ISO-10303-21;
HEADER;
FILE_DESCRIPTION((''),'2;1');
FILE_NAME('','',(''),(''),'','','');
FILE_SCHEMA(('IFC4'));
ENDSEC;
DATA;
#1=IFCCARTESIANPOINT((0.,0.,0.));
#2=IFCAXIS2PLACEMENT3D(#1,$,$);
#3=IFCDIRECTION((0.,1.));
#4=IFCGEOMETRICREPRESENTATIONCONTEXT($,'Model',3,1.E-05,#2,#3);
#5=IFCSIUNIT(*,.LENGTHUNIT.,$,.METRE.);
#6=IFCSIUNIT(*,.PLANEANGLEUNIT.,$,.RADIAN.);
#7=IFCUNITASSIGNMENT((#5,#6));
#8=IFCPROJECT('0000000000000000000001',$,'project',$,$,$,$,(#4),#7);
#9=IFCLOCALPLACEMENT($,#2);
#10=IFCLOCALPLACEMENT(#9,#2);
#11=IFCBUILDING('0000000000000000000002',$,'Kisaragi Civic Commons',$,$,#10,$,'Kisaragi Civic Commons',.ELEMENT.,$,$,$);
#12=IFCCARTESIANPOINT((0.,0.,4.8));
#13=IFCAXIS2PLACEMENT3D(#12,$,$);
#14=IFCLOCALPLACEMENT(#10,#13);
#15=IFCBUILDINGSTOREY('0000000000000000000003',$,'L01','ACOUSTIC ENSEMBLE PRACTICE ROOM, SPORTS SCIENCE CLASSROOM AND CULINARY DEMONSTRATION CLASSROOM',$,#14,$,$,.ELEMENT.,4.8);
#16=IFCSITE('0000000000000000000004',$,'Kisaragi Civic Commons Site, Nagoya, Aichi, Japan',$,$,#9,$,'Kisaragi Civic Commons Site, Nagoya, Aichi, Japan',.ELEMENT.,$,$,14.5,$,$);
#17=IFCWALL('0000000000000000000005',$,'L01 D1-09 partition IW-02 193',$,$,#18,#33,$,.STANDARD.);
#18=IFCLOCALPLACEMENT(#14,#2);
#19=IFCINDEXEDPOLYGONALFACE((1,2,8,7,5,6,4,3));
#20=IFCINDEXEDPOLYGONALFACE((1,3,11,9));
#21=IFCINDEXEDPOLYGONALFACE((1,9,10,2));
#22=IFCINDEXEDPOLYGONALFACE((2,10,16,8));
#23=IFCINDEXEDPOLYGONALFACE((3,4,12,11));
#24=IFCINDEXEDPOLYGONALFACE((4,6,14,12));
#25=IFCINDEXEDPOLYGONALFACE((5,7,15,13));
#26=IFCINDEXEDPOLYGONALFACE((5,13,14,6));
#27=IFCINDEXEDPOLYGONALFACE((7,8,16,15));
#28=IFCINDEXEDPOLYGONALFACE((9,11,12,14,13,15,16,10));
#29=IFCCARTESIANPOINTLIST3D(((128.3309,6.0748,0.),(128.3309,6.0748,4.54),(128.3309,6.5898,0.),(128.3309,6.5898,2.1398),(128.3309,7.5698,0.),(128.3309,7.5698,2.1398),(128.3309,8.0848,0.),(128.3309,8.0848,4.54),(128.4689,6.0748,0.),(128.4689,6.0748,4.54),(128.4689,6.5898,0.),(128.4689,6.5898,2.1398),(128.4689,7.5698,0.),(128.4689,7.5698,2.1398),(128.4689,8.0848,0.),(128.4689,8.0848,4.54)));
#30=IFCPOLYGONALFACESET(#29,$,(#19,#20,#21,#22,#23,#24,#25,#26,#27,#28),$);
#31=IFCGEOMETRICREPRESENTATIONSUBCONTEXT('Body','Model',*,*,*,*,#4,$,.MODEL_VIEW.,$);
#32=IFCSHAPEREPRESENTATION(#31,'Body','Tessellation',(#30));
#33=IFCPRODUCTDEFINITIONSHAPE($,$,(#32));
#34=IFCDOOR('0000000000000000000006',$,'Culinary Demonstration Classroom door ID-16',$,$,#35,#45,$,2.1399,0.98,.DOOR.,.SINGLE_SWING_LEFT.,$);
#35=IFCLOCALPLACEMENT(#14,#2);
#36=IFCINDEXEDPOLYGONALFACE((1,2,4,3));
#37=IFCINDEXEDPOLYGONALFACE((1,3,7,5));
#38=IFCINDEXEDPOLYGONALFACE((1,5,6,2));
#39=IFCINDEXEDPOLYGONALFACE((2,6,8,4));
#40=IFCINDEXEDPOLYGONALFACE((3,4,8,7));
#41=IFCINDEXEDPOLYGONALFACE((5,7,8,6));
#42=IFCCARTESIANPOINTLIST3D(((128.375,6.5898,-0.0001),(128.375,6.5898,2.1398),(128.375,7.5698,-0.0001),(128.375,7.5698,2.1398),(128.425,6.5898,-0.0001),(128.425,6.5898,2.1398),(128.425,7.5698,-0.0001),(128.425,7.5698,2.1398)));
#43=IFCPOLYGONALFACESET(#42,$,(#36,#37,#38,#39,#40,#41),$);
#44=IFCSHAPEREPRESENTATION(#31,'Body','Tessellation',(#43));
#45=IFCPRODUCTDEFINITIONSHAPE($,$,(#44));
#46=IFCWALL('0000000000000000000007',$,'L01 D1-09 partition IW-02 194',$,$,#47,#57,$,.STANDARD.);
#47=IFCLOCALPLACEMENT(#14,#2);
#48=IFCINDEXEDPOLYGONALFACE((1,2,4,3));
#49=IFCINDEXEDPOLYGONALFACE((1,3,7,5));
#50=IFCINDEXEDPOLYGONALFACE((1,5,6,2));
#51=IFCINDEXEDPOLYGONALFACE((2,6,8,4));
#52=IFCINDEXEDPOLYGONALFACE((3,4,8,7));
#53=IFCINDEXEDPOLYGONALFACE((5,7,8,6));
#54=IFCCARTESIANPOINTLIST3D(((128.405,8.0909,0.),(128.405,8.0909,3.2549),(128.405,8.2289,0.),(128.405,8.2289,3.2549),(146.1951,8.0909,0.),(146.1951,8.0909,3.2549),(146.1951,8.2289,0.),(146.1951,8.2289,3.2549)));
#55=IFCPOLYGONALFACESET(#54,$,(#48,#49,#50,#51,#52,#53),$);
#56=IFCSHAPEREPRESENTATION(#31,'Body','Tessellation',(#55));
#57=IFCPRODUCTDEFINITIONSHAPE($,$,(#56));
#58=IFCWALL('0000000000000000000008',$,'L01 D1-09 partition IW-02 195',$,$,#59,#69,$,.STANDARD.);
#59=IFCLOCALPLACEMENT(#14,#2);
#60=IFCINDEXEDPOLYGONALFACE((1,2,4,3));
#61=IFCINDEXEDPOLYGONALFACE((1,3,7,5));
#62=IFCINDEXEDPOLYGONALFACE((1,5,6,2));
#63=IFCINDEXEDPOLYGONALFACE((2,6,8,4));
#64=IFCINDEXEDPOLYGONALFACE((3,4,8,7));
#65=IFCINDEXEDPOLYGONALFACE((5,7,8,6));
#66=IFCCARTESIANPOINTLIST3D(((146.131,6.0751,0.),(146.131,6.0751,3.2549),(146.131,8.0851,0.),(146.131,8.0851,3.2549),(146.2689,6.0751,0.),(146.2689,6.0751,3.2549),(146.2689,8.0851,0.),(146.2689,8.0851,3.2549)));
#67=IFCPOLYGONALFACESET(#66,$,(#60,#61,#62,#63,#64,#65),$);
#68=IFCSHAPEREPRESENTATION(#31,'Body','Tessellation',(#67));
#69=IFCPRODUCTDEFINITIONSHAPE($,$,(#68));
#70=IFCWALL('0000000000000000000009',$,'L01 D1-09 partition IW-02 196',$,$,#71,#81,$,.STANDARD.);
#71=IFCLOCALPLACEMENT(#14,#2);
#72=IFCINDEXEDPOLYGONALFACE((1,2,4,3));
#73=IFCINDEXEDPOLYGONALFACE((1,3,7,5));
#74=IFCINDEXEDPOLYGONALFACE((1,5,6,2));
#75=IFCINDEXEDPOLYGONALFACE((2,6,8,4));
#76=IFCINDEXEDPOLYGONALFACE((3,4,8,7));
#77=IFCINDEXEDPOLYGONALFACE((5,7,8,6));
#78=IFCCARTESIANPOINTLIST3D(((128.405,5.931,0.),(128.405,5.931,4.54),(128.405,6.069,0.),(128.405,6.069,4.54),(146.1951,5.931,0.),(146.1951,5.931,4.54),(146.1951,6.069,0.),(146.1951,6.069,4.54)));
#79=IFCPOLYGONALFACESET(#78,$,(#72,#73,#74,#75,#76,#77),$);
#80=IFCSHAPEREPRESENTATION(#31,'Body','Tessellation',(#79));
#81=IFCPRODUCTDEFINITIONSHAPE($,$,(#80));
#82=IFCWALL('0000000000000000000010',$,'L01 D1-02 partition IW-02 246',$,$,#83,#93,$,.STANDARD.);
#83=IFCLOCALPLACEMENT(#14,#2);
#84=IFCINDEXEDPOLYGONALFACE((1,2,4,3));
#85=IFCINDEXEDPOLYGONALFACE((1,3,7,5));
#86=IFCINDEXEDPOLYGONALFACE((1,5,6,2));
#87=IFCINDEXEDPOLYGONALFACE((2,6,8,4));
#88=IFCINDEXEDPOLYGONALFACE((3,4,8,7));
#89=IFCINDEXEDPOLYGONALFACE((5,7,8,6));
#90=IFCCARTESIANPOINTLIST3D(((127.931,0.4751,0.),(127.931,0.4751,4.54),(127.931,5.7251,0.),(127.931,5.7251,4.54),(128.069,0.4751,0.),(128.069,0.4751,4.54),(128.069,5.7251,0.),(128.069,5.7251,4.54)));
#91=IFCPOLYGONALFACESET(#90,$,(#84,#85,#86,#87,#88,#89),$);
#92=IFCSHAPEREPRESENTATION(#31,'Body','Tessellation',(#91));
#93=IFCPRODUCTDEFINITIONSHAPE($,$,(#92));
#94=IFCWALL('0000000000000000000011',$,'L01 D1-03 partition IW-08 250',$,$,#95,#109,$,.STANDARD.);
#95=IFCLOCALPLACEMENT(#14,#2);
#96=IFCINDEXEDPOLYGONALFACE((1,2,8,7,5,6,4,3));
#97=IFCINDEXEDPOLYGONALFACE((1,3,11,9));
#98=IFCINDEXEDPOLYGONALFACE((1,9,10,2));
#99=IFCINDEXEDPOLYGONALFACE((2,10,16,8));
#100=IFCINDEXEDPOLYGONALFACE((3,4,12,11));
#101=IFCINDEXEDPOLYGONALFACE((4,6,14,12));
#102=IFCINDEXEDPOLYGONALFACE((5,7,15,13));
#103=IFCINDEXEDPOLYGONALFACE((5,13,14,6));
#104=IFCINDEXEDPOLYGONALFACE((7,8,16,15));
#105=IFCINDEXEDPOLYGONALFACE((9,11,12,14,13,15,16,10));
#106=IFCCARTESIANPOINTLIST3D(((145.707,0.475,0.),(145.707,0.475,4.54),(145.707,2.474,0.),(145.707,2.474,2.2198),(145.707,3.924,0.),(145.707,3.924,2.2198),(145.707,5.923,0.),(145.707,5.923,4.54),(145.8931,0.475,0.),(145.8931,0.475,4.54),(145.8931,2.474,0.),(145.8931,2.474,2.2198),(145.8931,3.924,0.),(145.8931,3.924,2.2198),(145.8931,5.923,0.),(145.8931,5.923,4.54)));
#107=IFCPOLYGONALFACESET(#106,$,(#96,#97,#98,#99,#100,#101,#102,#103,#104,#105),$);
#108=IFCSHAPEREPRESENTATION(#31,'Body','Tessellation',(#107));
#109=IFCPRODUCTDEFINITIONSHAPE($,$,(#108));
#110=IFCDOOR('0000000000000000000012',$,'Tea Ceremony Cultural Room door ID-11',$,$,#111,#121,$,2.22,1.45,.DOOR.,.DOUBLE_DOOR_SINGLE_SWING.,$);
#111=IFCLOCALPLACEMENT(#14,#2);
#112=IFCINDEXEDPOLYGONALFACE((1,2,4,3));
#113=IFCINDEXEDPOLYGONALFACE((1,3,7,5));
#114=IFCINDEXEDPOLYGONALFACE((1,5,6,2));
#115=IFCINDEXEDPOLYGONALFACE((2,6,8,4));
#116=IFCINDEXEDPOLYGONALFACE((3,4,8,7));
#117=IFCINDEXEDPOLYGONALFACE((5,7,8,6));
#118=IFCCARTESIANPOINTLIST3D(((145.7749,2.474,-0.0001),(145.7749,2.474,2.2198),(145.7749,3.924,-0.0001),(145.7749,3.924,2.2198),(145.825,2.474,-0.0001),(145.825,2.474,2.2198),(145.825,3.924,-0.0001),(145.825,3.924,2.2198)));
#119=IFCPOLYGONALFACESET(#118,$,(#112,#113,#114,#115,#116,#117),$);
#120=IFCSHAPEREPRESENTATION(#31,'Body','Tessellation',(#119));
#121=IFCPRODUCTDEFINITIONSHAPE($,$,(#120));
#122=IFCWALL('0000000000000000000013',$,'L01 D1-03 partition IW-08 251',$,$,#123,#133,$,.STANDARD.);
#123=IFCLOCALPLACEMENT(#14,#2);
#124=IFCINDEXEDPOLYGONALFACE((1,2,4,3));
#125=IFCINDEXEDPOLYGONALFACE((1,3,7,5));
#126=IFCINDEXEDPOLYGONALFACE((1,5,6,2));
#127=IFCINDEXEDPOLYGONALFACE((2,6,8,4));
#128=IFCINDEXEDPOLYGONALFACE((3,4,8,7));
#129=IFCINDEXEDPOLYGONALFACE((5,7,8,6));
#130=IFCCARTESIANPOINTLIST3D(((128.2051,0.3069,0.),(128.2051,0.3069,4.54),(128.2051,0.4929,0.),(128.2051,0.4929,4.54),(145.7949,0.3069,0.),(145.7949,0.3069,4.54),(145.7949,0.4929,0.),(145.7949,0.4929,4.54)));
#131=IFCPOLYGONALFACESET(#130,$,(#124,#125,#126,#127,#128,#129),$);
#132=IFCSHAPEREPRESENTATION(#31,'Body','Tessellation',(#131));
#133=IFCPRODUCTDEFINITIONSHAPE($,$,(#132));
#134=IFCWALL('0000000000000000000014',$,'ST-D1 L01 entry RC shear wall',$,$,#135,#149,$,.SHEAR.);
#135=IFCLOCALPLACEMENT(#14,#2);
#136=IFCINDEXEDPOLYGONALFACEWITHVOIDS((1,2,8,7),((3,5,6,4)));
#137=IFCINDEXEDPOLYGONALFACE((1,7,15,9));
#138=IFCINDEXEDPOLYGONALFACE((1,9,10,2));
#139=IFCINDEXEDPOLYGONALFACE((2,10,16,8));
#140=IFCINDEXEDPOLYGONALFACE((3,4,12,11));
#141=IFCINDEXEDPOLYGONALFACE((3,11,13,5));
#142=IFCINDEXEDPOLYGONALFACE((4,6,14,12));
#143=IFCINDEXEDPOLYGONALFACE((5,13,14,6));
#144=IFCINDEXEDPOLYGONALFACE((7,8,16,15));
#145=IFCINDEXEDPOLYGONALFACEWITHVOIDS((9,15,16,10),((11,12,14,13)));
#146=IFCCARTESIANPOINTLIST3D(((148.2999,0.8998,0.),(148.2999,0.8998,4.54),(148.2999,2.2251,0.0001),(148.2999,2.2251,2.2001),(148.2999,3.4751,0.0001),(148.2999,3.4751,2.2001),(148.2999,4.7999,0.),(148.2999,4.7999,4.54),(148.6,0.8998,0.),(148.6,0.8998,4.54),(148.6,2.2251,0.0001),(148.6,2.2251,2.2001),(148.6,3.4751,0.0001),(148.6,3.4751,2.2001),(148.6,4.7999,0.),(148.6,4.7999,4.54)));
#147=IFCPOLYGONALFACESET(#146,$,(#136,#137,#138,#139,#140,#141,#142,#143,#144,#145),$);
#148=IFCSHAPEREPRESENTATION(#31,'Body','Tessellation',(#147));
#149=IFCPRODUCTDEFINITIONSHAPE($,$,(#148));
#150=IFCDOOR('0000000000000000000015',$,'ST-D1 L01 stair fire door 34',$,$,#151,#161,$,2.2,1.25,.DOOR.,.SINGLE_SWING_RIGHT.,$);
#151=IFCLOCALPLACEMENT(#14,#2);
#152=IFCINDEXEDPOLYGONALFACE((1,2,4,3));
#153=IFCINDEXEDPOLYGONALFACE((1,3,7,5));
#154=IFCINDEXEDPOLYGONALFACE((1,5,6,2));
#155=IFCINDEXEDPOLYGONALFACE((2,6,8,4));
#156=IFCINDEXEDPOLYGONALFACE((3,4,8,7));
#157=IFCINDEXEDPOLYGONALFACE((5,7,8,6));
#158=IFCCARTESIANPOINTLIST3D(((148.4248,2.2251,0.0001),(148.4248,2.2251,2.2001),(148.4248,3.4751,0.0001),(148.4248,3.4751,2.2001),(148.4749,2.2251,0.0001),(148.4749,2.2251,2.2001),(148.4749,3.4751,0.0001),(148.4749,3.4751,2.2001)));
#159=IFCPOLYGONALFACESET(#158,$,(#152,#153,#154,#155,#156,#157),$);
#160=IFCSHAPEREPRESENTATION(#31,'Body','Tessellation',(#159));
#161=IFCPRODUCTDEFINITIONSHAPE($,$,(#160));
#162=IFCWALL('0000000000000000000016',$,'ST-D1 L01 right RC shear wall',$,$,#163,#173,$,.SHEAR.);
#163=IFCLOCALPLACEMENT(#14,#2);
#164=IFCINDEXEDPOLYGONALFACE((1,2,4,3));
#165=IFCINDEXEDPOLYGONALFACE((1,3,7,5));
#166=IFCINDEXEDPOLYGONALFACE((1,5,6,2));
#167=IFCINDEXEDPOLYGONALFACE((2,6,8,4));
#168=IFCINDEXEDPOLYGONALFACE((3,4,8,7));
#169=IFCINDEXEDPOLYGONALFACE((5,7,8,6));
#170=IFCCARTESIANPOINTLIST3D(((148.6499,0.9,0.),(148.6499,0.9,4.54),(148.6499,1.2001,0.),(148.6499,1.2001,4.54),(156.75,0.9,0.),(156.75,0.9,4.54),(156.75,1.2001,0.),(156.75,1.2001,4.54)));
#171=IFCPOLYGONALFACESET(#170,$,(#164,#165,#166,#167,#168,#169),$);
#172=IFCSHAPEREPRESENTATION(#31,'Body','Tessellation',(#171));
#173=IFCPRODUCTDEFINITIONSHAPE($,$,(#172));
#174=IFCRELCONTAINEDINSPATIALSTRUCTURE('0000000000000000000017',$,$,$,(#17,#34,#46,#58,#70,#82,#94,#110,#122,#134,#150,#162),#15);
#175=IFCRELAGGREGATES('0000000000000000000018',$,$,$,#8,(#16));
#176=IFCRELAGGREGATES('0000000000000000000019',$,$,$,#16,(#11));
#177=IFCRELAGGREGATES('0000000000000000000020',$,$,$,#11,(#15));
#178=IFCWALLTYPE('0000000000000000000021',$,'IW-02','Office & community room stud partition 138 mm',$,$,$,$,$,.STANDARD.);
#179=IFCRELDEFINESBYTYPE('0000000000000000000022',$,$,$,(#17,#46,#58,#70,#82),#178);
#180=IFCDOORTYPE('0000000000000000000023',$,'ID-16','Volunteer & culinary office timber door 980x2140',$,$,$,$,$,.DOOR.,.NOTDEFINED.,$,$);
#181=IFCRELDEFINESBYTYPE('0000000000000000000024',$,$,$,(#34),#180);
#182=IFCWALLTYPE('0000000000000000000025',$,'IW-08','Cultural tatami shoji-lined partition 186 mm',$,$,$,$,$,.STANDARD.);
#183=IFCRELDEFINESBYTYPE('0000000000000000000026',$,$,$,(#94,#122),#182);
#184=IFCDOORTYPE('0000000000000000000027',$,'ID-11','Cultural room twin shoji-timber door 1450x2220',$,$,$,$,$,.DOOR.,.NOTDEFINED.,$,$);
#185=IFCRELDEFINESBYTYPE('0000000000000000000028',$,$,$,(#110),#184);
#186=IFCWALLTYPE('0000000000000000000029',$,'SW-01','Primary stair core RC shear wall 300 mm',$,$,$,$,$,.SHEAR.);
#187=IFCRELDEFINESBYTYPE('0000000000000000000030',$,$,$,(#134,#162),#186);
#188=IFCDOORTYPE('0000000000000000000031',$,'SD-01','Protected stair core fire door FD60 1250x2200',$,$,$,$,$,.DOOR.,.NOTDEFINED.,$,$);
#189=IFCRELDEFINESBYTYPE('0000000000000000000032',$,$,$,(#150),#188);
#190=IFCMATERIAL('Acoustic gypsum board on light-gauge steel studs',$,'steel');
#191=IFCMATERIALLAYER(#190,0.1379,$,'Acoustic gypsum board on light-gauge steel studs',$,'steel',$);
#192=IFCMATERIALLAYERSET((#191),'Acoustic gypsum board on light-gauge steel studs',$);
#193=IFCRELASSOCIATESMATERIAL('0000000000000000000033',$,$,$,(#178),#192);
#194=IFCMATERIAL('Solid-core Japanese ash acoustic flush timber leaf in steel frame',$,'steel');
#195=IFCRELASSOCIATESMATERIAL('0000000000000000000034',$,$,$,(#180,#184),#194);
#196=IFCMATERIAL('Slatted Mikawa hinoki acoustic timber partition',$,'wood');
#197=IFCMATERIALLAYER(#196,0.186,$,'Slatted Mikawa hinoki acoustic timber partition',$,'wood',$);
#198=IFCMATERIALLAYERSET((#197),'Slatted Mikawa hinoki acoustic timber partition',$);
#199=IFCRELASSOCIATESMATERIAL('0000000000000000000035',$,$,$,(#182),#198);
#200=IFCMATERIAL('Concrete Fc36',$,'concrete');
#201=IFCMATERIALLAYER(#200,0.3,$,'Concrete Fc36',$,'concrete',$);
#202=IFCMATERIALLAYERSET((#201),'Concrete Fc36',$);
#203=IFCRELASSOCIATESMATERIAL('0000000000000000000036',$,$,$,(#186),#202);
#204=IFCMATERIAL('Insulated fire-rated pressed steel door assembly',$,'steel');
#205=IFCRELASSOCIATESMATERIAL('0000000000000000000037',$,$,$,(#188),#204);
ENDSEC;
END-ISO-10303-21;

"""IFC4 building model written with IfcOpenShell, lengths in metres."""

from ifc_helpers import new_model, si_unit, direction, frame, frame_2d, origin, place, context, subcontext, project, spatial, rectangle, extrude, material, layer, layer_set, type_object, element, fill, save


model = new_model("IFC4")

# Units and contexts
model_context = context("Model", 3, precision=1e-05, world=origin(), true_north=direction((0.0, 1.0)))
body_context = subcontext(model_context, "Body", "Model", "MODEL_VIEW")
ifc_project = project(units=[si_unit("LENGTHUNIT", "METRE"), si_unit("PLANEANGLEUNIT", "RADIAN")], contexts=[model_context])

# Site, building, storey
site_placement = place(None, origin())
site = spatial("IfcSite", under=ifc_project, at=site_placement, Name="Kisaragi Civic Commons Site, Nagoya, Aichi, Japan", LongName="Kisaragi Civic Commons Site, Nagoya, Aichi, Japan", CompositionType="ELEMENT", RefElevation=14.5)
building_placement = place(site_placement, origin())
building = spatial("IfcBuilding", under=site, at=building_placement, Name="Kisaragi Civic Commons", LongName="Kisaragi Civic Commons", CompositionType="ELEMENT")
storey_placement = place(building_placement, frame((0.0, 0.0, 4.8)))
storey = spatial("IfcBuildingStorey", under=building, at=storey_placement, Name="L01", Description="ACOUSTIC ENSEMBLE PRACTICE ROOM, SPORTS SCIENCE CLASSROOM AND CULINARY DEMONSTRATION CLASSROOM", CompositionType="ELEMENT", Elevation=4.8)

# Shared definitions
ifc_material_1 = material(Name="Concrete Fc36", Category="concrete")

# Wall, opening, door
ifc_material_2 = material(Name="Acoustic gypsum board on light-gauge steel studs", Category="steel")
ifc_layer_1 = layer(ifc_material_2, 0.1379, Name="Acoustic gypsum board on light-gauge steel studs", Category="steel")
ifc_layer_set_1 = layer_set([ifc_layer_1], Name="Acoustic gypsum board on light-gauge steel studs")
wall_type_1 = type_object("IfcWallType", Name="IW-02", Description="Office & community room stud partition 138 mm", PredefinedType="STANDARD", material=ifc_layer_set_1)
wall_1_placement = place(storey_placement, frame((128.3999, 6.075, 0.0), z_axis=(0.0, 0.0, 1.0), x_axis=(0.0, 1.0, 0.0)))
wall_1 = element("IfcWall", 1, at=wall_1_placement, inside=storey, type_object=wall_type_1, Name="L01 D1-09 partition IW-02 193", PredefinedType="STANDARD", context=body_context, shape_type="SweptSolid", body=[
    extrude(rectangle(XDim=2.01, YDim=0.1379, at=frame_2d((1.0049, 0.0))), origin(), (0.0, 0.0, 1.0), 4.54),
])
opening_1_placement = place(wall_1_placement, frame((0.5149, 0.0, 0.0)))
opening_1 = element("IfcOpeningElement", 2, at=opening_1_placement, cuts=wall_1, PredefinedType="OPENING", context=body_context, shape_type="SweptSolid", body=[
    extrude(rectangle(XDim=0.98, YDim=2.1399, at=frame_2d((0.49, 1.0698))), frame((0.0, 0.0789, 0.0), z_axis=(0.0, -1.0, 0.0), x_axis=(1.0, 0.0, 0.0)), (0.0, 0.0, 1.0), 0.158),
])
ifc_material_3 = material(Name="Solid-core Japanese ash acoustic flush timber leaf in steel frame", Category="steel")
door_type_1 = type_object("IfcDoorType", Name="ID-16", Description="Volunteer & culinary office timber door 980x2140", OperationType="NOTDEFINED", PredefinedType="DOOR", material=ifc_material_3)
door_1_placement = place(opening_1_placement, origin())
door_1 = element("IfcDoor", 3, at=door_1_placement, inside=storey, type_object=door_type_1, Name="Culinary Demonstration Classroom door ID-16", OperationType="SINGLE_SWING_LEFT", OverallHeight=2.1399, OverallWidth=0.98, PredefinedType="DOOR", context=body_context, shape_type="SweptSolid", body=[
    extrude(rectangle(XDim=0.98, YDim=2.1399, at=frame_2d((0.49, 1.0698))), frame((0.0, 0.0249, 0.0), z_axis=(0.0, -1.0, 0.0), x_axis=(1.0, 0.0, 0.0)), (0.0, 0.0, 1.0), 0.05),
])
fill(opening_1, door_1)

# Walls
wall_2_placement = place(storey_placement, frame((128.405, 8.1599, 0.0), z_axis=(0.0, 0.0, 1.0), x_axis=(1.0, 0.0, 0.0)))
element("IfcWall", 4, at=wall_2_placement, inside=storey, type_object=wall_type_1, Name="L01 D1-09 partition IW-02 194", PredefinedType="STANDARD", context=body_context, shape_type="SweptSolid", body=[
    extrude(rectangle(XDim=17.79, YDim=0.1379, at=frame_2d((8.895, 0.0))), origin(), (0.0, 0.0, 1.0), 3.2549),
])
wall_3_placement = place(storey_placement, frame((146.2, 8.085, 0.0), z_axis=(0.0, 0.0, 1.0), x_axis=(0.0, -1.0, 0.0)))
element("IfcWall", 5, at=wall_3_placement, inside=storey, type_object=wall_type_1, Name="L01 D1-09 partition IW-02 195", PredefinedType="STANDARD", context=body_context, shape_type="SweptSolid", body=[
    extrude(rectangle(XDim=2.01, YDim=0.1379, at=frame_2d((1.0049, 0.0))), origin(), (0.0, 0.0, 1.0), 3.2549),
])
wall_4_placement = place(storey_placement, frame((146.1951, 6.0, 0.0), z_axis=(0.0, 0.0, 1.0), x_axis=(-1.0, 0.0, 0.0)))
element("IfcWall", 6, at=wall_4_placement, inside=storey, type_object=wall_type_1, Name="L01 D1-09 partition IW-02 196", PredefinedType="STANDARD", context=body_context, shape_type="SweptSolid", body=[
    extrude(rectangle(XDim=17.79, YDim=0.1379, at=frame_2d((8.895, 0.0))), origin(), (0.0, 0.0, 1.0), 4.54),
])
wall_5_placement = place(storey_placement, frame((128.0, 5.7251, 0.0), z_axis=(0.0, 0.0, 1.0), x_axis=(0.0, -1.0, 0.0)))
element("IfcWall", 7, at=wall_5_placement, inside=storey, type_object=wall_type_1, Name="L01 D1-02 partition IW-02 246", PredefinedType="STANDARD", context=body_context, shape_type="SweptSolid", body=[
    extrude(rectangle(XDim=5.25, YDim=0.1379, at=frame_2d((2.625, 0.0))), origin(), (0.0, 0.0, 1.0), 4.54),
])

# Wall, opening, door
ifc_material_4 = material(Name="Slatted Mikawa hinoki acoustic timber partition", Category="wood")
ifc_layer_2 = layer(ifc_material_4, 0.186, Name="Slatted Mikawa hinoki acoustic timber partition", Category="wood")
ifc_layer_set_2 = layer_set([ifc_layer_2], Name="Slatted Mikawa hinoki acoustic timber partition")
wall_type_2 = type_object("IfcWallType", Name="IW-08", Description="Cultural tatami shoji-lined partition 186 mm", PredefinedType="STANDARD", material=ifc_layer_set_2)
wall_6_placement = place(storey_placement, frame((145.8, 5.9231, 0.0), z_axis=(0.0, 0.0, 1.0), x_axis=(0.0, -1.0, 0.0)))
wall_6 = element("IfcWall", 8, at=wall_6_placement, inside=storey, type_object=wall_type_2, Name="L01 D1-03 partition IW-08 250", PredefinedType="STANDARD", context=body_context, shape_type="SweptSolid", body=[
    extrude(rectangle(XDim=5.448, YDim=0.186, at=frame_2d((2.7241, 0.0))), origin(), (0.0, 0.0, 1.0), 4.54),
])
opening_2_placement = place(wall_6_placement, frame((1.999, 0.0, 0.0)))
opening_2 = element("IfcOpeningElement", 9, at=opening_2_placement, cuts=wall_6, PredefinedType="OPENING", context=body_context, shape_type="SweptSolid", body=[
    extrude(rectangle(XDim=1.45, YDim=2.22, at=frame_2d((0.7251, 1.1099))), frame((0.0, 0.103, 0.0), z_axis=(0.0, -1.0, 0.0), x_axis=(1.0, 0.0, 0.0)), (0.0, 0.0, 1.0), 0.2061),
])
door_type_2 = type_object("IfcDoorType", Name="ID-11", Description="Cultural room twin shoji-timber door 1450x2220", OperationType="NOTDEFINED", PredefinedType="DOOR", material=ifc_material_3)
door_2_placement = place(opening_2_placement, origin())
door_2 = element("IfcDoor", 10, at=door_2_placement, inside=storey, type_object=door_type_2, Name="Tea Ceremony Cultural Room door ID-11", OperationType="DOUBLE_DOOR_SINGLE_SWING", OverallHeight=2.22, OverallWidth=1.45, PredefinedType="DOOR", context=body_context, shape_type="SweptSolid", body=[
    extrude(rectangle(XDim=1.45, YDim=2.22, at=frame_2d((0.7251, 1.1099))), frame((0.0, 0.0249, 0.0), z_axis=(0.0, -1.0, 0.0), x_axis=(1.0, 0.0, 0.0)), (0.0, 0.0, 1.0), 0.05),
])
fill(opening_2, door_2)

# Wall
wall_7_placement = place(storey_placement, frame((145.7949, 0.3999, 0.0), z_axis=(0.0, 0.0, 1.0), x_axis=(-1.0, 0.0, 0.0)))
element("IfcWall", 11, at=wall_7_placement, inside=storey, type_object=wall_type_2, Name="L01 D1-03 partition IW-08 251", PredefinedType="STANDARD", context=body_context, shape_type="SweptSolid", body=[
    extrude(rectangle(XDim=17.5898, YDim=0.186, at=frame_2d((8.7949, 0.0))), origin(), (0.0, 0.0, 1.0), 4.54),
])

# Wall, opening, door
ifc_layer_3 = layer(ifc_material_1, 0.3, Name="Concrete Fc36", Category="concrete")
ifc_layer_set_3 = layer_set([ifc_layer_3], Name="Concrete Fc36")
wall_type_3 = type_object("IfcWallType", Name="SW-01", Description="Primary stair core RC shear wall 300 mm", PredefinedType="SHEAR", material=ifc_layer_set_3)
wall_8_placement = place(storey_placement, frame((148.45, 4.8, 0.0), z_axis=(0.0, 0.0, 1.0), x_axis=(0.0, -1.0, 0.0)))
wall_8 = element("IfcWall", 12, at=wall_8_placement, inside=storey, type_object=wall_type_3, Name="ST-D1 L01 entry RC shear wall", PredefinedType="SHEAR", context=body_context, shape_type="SweptSolid", body=[
    extrude(rectangle(XDim=3.9001, YDim=0.3, at=frame_2d((1.9502, 0.0))), origin(), (0.0, 0.0, 1.0), 4.54),
])
opening_3_placement = place(wall_8_placement, frame((1.325, 0.0, 0.0)))
opening_3 = element("IfcOpeningElement", 13, at=opening_3_placement, cuts=wall_8, PredefinedType="OPENING", context=body_context, shape_type="SweptSolid", body=[
    extrude(rectangle(XDim=1.25, YDim=2.2, at=frame_2d((0.625, 1.1001))), frame((0.0, 0.1599, 0.0), z_axis=(0.0, -1.0, 0.0), x_axis=(1.0, 0.0, 0.0)), (0.0, 0.0, 1.0), 0.3201),
])
ifc_material_5 = material(Name="Insulated fire-rated pressed steel door assembly", Category="steel")
door_type_3 = type_object("IfcDoorType", Name="SD-01", Description="Protected stair core fire door FD60 1250x2200", OperationType="NOTDEFINED", PredefinedType="DOOR", material=ifc_material_5)
door_3_placement = place(opening_3_placement, origin())
door_3 = element("IfcDoor", 14, at=door_3_placement, inside=storey, type_object=door_type_3, Name="ST-D1 L01 stair fire door 34", OperationType="SINGLE_SWING_RIGHT", OverallHeight=2.2, OverallWidth=1.25, PredefinedType="DOOR", context=body_context, shape_type="SweptSolid", body=[
    extrude(rectangle(XDim=1.25, YDim=2.2, at=frame_2d((0.625, 1.1001))), frame((0.0, 0.0249, 0.0), z_axis=(0.0, -1.0, 0.0), x_axis=(1.0, 0.0, 0.0)), (0.0, 0.0, 1.0), 0.05),
])
fill(opening_3, door_3)

# Wall
wall_9_placement = place(storey_placement, frame((148.6499, 1.05, 0.0), z_axis=(0.0, 0.0, 1.0), x_axis=(1.0, 0.0, 0.0)))
element("IfcWall", 15, at=wall_9_placement, inside=storey, type_object=wall_type_3, Name="ST-D1 L01 right RC shear wall", PredefinedType="SHEAR", context=body_context, shape_type="SweptSolid", body=[
    extrude(rectangle(XDim=8.1001, YDim=0.3, at=frame_2d((4.05, 0.0))), origin(), (0.0, 0.0, 1.0), 4.54),
])

save(model, "model.ifc")
